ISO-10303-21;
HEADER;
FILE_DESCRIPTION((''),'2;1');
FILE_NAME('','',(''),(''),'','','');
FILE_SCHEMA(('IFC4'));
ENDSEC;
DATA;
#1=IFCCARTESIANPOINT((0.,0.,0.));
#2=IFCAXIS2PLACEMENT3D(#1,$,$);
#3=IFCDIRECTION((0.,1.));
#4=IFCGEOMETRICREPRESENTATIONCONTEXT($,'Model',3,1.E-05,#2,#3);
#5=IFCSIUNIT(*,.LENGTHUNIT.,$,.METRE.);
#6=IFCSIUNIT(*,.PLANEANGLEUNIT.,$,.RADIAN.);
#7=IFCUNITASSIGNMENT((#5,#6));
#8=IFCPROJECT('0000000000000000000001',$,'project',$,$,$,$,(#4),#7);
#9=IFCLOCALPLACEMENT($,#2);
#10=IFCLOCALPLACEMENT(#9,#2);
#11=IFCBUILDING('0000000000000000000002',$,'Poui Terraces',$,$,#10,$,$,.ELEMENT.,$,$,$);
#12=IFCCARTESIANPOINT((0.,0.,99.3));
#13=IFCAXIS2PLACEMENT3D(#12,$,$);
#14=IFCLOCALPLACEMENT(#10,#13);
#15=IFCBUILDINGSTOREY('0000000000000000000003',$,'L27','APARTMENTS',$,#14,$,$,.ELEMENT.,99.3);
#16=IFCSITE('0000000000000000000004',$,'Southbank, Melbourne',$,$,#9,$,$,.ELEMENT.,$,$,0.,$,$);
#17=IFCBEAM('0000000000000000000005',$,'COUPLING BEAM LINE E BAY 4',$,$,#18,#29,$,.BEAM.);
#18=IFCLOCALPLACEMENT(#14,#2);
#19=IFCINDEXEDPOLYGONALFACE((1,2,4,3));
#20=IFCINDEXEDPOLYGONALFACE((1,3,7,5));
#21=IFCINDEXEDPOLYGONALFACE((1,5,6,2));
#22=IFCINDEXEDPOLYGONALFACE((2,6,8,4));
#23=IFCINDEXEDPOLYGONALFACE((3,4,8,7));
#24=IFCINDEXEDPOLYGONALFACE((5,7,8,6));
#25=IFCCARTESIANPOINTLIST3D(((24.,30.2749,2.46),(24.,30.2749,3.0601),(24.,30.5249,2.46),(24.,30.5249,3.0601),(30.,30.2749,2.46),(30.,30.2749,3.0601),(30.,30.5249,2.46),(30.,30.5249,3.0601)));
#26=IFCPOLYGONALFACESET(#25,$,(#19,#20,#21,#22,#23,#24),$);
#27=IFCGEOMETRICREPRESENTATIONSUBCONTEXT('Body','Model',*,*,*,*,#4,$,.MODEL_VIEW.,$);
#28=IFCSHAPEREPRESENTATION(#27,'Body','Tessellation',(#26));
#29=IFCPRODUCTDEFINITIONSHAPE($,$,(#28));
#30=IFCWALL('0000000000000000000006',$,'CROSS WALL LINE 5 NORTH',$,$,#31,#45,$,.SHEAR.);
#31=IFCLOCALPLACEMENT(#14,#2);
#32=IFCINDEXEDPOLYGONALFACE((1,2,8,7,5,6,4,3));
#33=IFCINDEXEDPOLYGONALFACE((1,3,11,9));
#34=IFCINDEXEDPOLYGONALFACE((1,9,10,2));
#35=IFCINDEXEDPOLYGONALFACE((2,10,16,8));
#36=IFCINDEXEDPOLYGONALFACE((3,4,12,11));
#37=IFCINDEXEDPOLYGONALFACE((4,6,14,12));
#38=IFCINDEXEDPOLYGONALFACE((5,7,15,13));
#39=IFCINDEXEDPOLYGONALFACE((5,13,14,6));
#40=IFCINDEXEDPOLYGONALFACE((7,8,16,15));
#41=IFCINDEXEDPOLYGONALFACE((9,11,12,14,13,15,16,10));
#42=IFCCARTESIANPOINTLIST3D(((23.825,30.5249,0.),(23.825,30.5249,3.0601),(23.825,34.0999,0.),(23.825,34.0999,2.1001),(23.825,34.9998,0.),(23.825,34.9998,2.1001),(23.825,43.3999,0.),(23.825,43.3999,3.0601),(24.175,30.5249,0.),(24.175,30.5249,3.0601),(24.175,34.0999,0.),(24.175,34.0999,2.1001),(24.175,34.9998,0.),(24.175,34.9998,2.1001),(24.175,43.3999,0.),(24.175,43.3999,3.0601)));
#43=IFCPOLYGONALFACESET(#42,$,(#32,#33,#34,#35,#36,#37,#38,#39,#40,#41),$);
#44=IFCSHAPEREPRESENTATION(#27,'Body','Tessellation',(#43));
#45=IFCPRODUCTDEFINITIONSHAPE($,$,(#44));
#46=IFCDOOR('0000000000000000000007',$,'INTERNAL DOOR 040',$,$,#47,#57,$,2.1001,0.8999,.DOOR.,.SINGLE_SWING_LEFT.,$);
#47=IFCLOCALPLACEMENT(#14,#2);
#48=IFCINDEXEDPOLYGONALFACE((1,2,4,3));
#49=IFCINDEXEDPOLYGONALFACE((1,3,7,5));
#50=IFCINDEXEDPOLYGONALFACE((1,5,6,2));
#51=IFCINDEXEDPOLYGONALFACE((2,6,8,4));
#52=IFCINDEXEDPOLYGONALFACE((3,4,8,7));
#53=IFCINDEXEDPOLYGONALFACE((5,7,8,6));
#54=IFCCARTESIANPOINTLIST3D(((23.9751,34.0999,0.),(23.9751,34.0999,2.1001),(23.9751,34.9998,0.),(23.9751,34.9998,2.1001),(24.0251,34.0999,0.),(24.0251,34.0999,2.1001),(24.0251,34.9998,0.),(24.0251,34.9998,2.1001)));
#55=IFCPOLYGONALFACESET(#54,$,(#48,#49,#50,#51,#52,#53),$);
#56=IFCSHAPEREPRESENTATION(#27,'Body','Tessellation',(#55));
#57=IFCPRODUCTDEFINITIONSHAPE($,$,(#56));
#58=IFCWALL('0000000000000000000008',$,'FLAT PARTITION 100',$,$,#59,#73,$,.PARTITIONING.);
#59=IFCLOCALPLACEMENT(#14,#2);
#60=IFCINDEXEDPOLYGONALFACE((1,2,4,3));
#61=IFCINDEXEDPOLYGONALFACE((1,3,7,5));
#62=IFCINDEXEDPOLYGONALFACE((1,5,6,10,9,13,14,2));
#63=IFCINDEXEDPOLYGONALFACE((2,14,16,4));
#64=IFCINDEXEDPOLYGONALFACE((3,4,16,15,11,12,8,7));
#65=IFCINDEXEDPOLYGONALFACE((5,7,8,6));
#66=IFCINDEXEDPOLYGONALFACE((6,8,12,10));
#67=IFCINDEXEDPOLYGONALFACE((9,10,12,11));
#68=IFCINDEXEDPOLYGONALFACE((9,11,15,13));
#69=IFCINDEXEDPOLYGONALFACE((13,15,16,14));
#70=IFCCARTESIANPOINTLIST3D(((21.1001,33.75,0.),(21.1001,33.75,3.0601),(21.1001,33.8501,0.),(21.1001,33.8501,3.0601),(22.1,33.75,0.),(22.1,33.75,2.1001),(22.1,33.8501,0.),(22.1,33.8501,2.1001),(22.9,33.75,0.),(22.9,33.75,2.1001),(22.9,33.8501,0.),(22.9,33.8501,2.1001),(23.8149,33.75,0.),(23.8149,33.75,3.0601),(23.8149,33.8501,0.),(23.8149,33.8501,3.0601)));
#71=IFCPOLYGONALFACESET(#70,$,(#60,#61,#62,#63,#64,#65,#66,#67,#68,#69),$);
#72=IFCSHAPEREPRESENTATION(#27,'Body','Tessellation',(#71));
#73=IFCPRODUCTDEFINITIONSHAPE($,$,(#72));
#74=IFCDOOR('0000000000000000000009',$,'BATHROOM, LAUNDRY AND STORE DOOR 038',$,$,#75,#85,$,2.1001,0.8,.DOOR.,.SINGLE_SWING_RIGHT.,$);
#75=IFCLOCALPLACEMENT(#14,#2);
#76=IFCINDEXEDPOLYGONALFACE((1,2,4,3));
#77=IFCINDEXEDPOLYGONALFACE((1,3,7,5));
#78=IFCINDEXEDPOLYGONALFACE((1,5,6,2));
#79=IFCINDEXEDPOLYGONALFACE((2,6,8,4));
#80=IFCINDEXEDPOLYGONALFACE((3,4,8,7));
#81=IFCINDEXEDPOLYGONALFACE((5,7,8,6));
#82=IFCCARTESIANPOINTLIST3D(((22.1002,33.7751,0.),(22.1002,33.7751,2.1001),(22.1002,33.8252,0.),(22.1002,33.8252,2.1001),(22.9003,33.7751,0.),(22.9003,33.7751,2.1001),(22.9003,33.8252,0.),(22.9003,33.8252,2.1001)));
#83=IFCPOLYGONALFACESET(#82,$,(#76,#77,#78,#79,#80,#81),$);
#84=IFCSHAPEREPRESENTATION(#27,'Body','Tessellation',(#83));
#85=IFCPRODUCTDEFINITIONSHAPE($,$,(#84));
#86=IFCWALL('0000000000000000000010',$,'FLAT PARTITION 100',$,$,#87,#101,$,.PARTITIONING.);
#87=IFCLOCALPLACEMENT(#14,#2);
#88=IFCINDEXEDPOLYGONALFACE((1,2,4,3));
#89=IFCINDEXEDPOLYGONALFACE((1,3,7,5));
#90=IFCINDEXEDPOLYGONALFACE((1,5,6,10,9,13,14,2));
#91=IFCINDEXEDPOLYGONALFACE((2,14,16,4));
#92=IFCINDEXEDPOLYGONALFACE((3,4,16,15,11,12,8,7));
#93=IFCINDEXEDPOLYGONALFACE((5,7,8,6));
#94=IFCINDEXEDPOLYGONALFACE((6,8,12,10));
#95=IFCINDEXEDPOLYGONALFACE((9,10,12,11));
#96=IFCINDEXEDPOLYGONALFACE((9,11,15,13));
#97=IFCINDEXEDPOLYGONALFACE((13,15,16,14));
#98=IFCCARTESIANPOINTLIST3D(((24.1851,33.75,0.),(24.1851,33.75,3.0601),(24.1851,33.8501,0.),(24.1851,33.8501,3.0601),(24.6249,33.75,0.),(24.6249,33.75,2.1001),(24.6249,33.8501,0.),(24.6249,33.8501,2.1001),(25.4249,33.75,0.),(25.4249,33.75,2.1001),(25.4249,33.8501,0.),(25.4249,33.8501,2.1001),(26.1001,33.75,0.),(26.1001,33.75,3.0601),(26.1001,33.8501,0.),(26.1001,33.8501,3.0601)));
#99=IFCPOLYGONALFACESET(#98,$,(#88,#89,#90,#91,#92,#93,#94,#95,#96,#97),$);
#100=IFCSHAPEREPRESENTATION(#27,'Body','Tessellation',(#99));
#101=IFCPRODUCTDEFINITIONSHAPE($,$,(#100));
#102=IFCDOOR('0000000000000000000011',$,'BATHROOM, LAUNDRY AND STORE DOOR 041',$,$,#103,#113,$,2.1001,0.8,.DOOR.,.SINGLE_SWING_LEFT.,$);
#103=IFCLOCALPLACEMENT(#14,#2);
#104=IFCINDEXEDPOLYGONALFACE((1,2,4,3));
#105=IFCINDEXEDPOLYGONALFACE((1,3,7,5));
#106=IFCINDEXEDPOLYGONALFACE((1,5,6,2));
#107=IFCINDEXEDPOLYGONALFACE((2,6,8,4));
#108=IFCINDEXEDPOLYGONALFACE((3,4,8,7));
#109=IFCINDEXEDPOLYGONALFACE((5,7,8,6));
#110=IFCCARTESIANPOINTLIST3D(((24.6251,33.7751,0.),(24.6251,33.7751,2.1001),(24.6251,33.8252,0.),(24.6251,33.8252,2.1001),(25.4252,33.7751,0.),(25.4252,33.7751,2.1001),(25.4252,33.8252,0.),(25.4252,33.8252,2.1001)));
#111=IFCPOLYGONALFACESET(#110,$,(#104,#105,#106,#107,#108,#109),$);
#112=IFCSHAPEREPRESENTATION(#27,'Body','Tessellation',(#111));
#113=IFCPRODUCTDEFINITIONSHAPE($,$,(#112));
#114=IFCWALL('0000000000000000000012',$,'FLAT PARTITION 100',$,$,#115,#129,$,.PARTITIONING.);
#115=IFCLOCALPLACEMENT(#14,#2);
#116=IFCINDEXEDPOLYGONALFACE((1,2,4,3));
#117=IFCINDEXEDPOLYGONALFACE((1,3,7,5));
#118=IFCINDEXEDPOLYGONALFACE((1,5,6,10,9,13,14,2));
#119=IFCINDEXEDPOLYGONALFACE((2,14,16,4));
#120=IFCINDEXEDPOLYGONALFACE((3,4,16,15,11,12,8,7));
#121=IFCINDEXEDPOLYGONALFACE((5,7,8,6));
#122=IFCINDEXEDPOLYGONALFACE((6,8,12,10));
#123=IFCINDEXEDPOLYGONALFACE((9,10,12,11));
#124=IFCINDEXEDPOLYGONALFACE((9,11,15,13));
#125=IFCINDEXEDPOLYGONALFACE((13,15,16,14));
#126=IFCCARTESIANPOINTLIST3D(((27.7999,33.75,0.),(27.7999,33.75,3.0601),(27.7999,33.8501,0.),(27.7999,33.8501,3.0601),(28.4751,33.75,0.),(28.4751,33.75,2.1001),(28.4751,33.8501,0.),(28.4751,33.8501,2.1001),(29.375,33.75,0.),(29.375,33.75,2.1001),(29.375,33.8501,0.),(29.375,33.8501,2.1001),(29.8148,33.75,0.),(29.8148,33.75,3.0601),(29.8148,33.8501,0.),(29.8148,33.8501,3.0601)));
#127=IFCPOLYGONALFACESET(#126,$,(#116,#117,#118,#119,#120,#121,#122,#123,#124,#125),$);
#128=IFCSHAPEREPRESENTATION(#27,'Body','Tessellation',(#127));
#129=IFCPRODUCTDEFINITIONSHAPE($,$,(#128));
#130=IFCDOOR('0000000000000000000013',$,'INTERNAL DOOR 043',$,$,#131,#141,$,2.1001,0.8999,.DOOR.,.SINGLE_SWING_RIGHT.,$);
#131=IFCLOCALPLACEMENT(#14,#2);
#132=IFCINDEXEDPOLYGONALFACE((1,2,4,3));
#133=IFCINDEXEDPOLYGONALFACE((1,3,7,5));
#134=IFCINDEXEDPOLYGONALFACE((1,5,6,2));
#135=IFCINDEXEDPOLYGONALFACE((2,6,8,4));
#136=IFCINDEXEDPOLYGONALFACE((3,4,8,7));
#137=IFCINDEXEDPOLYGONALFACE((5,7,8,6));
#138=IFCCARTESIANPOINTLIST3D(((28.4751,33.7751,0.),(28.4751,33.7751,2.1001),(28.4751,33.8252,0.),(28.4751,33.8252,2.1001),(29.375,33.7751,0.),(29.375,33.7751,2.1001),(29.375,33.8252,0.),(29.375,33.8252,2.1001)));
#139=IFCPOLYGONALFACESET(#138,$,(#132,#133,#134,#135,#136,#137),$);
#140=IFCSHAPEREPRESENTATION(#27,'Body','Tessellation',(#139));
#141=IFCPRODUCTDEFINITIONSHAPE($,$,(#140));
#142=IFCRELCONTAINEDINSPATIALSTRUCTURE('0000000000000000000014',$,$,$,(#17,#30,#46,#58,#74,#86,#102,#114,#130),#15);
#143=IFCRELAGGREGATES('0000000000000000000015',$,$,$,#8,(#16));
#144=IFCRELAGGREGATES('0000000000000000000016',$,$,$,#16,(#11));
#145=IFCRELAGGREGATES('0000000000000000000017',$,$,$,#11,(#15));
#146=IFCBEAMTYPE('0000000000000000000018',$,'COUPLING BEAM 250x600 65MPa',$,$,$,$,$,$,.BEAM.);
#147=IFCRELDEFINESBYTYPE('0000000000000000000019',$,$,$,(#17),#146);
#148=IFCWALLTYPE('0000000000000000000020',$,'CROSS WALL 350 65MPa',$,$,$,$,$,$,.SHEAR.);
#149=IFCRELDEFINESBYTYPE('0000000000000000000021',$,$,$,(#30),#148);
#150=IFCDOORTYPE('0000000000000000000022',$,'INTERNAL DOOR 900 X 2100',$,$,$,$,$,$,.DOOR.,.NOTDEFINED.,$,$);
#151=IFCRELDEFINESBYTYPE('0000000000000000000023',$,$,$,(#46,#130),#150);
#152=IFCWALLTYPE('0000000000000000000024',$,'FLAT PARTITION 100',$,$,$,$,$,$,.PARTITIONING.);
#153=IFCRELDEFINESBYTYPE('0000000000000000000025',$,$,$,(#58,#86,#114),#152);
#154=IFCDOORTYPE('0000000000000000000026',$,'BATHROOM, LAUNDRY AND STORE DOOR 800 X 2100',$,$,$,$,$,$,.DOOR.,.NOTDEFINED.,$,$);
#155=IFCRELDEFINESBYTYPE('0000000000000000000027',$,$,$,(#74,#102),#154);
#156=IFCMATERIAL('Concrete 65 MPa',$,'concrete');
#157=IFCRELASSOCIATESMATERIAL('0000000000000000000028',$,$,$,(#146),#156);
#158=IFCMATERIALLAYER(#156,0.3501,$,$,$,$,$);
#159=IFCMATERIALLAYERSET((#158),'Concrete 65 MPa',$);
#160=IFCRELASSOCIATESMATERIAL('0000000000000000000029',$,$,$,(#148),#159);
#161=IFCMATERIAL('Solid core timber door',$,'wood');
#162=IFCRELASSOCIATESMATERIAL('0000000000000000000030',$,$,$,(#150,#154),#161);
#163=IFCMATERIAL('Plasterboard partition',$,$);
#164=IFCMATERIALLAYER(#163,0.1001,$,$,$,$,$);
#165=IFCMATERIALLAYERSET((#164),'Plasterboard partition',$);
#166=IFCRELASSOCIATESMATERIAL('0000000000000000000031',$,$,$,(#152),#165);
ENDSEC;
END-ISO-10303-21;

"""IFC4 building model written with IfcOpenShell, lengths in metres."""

from ifc_helpers import new_model, si_unit, direction, frame, frame_2d, origin, origin_2d, place, context, subcontext, project, spatial, rectangle, extrude, source, transform, mapped, material, layer, layer_set, material_profile, profile_set, type_object, element, fill, save


model = new_model("IFC4")

# Units and contexts
model_context = context("Model", 3, precision=1e-05, world=origin(), true_north=direction((0.0, 1.0)))
body_context = subcontext(model_context, "Body", "Model", "MODEL_VIEW")
ifc_project = project(units=[si_unit("LENGTHUNIT", "METRE"), si_unit("PLANEANGLEUNIT", "RADIAN")], contexts=[model_context])

# Site, building, storey
site_placement = place(None, origin())
site = spatial("IfcSite", under=ifc_project, at=site_placement, Name="Southbank, Melbourne", CompositionType="ELEMENT", RefElevation=0.0)
building_placement = place(site_placement, origin())
building = spatial("IfcBuilding", under=site, at=building_placement, Name="Poui Terraces", CompositionType="ELEMENT")
storey_placement = place(building_placement, frame((0.0, 0.0, 99.3)))
storey = spatial("IfcBuildingStorey", under=building, at=storey_placement, Name="L27", Description="APARTMENTS", CompositionType="ELEMENT", Elevation=99.3)

# Beam
ifc_material_1 = material(Name="Concrete 65 MPa", Category="concrete")
ifc_material_profile_1 = material_profile(ifc_material_1, rectangle(XDim=0.25, YDim=0.6001, at=origin_2d()), Name="RC 250x600")
ifc_profile_set_1 = profile_set([ifc_material_profile_1], Name="Concrete 65 MPa")
beam_type = type_object("IfcBeamType", Name="COUPLING BEAM 250x600 65MPa", PredefinedType="BEAM", material=ifc_profile_set_1)
shared_shape_1 = source(origin(), body_context, "Body", "SweptSolid", [
    extrude(rectangle(XDim=0.25, YDim=0.6001, at=origin_2d()), origin(), (0.0, 0.0, 1.0), 6.0),
])
beam_placement = place(storey_placement, frame((24.0, 30.3999, 2.76), z_axis=(1.0, 0.0, 0.0), x_axis=(0.0, 1.0, 0.0)))
element("IfcBeam", 1, at=beam_placement, inside=storey, type_object=beam_type, Name="COUPLING BEAM LINE E BAY 4", PredefinedType="BEAM", context=body_context, shape_type="MappedRepresentation", body=[
    mapped(shared_shape_1, transform((0.0, 0.0, 0.0))),
])

# Walls, openings, doors
ifc_layer_1 = layer(ifc_material_1, 0.3501)
ifc_layer_set_1 = layer_set([ifc_layer_1], Name="Concrete 65 MPa")
wall_type_1 = type_object("IfcWallType", Name="CROSS WALL 350 65MPa", PredefinedType="SHEAR", material=ifc_layer_set_1)
wall_1_placement = place(storey_placement, frame((24.0, 30.5249, 0.0), z_axis=(0.0, 0.0, 1.0), x_axis=(0.0, 1.0, 0.0)))
wall_1 = element("IfcWall", 2, at=wall_1_placement, inside=storey, type_object=wall_type_1, Name="CROSS WALL LINE 5 NORTH", PredefinedType="SHEAR", context=body_context, shape_type="SweptSolid", body=[
    extrude(rectangle(XDim=12.875, YDim=0.3501, at=frame_2d((6.4375, 0.0))), origin(), (0.0, 0.0, 1.0), 3.0601),
])
opening_1_placement = place(wall_1_placement, frame((3.575, 0.0, 0.0)))
opening_1 = element("IfcOpeningElement", 3, at=opening_1_placement, cuts=wall_1, PredefinedType="OPENING", context=body_context, shape_type="SweptSolid", body=[
    extrude(rectangle(XDim=0.8999, YDim=2.1001, at=frame_2d((0.45, 1.05))), frame((0.0, 0.1851, 0.0), z_axis=(0.0, -1.0, 0.0), x_axis=(1.0, 0.0, 0.0)), (0.0, 0.0, 1.0), 0.3701),
])
ifc_material_2 = material(Name="Solid core timber door", Category="wood")
door_type_1 = type_object("IfcDoorType", Name="INTERNAL DOOR 900 X 2100", OperationType="NOTDEFINED", PredefinedType="DOOR", material=ifc_material_2)
door_1_placement = place(opening_1_placement, origin())
door_1 = element("IfcDoor", 4, at=door_1_placement, inside=storey, type_object=door_type_1, Name="INTERNAL DOOR 040", OperationType="SINGLE_SWING_LEFT", OverallHeight=2.1001, OverallWidth=0.8999, PredefinedType="DOOR", context=body_context, shape_type="SweptSolid", body=[
    extrude(rectangle(XDim=0.8999, YDim=2.1001, at=frame_2d((0.45, 1.05))), frame((0.0, 0.0249, 0.0), z_axis=(0.0, -1.0, 0.0), x_axis=(1.0, 0.0, 0.0)), (0.0, 0.0, 1.0), 0.05),
])
fill(opening_1, door_1)
ifc_material_3 = material(Name="Plasterboard partition")
ifc_layer_2 = layer(ifc_material_3, 0.1001)
ifc_layer_set_2 = layer_set([ifc_layer_2], Name="Plasterboard partition")
wall_type_2 = type_object("IfcWallType", Name="FLAT PARTITION 100", PredefinedType="PARTITIONING", material=ifc_layer_set_2)
wall_2_placement = place(storey_placement, frame((21.1001, 33.8, 0.0), z_axis=(0.0, 0.0, 1.0), x_axis=(1.0, 0.0, 0.0)))
wall_2 = element("IfcWall", 5, at=wall_2_placement, inside=storey, type_object=wall_type_2, Name="FLAT PARTITION 100", PredefinedType="PARTITIONING", context=body_context, shape_type="SweptSolid", body=[
    extrude(rectangle(XDim=2.7148, YDim=0.1001, at=frame_2d((1.3574, 0.0))), origin(), (0.0, 0.0, 1.0), 3.0601),
])
opening_2_placement = place(wall_2_placement, frame((1.0, 0.0, 0.0)))
opening_2 = element("IfcOpeningElement", 6, at=opening_2_placement, cuts=wall_2, PredefinedType="OPENING", context=body_context, shape_type="SweptSolid", body=[
    extrude(rectangle(XDim=0.8, YDim=2.1001, at=frame_2d((0.3999, 1.05))), frame((0.0, 0.0601, 0.0), z_axis=(0.0, -1.0, 0.0), x_axis=(1.0, 0.0, 0.0)), (0.0, 0.0, 1.0), 0.1201),
])
door_type_2 = type_object("IfcDoorType", Name="BATHROOM, LAUNDRY AND STORE DOOR 800 X 2100", OperationType="NOTDEFINED", PredefinedType="DOOR", material=ifc_material_2)
door_2_placement = place(opening_2_placement, frame((0.8, 0.0, 0.0), z_axis=(0.0, 0.0, 1.0), x_axis=(-1.0, 0.0, 0.0)))
door_2 = element("IfcDoor", 7, at=door_2_placement, inside=storey, type_object=door_type_2, Name="BATHROOM, LAUNDRY AND STORE DOOR 038", OperationType="SINGLE_SWING_RIGHT", OverallHeight=2.1001, OverallWidth=0.8, PredefinedType="DOOR", context=body_context, shape_type="SweptSolid", body=[
    extrude(rectangle(XDim=0.8, YDim=2.1001, at=frame_2d((0.3999, 1.05))), frame((0.0, 0.0249, 0.0), z_axis=(0.0, -1.0, 0.0), x_axis=(1.0, 0.0, 0.0)), (0.0, 0.0, 1.0), 0.05),
])
fill(opening_2, door_2)
wall_3_placement = place(storey_placement, frame((24.1851, 33.8, 0.0), z_axis=(0.0, 0.0, 1.0), x_axis=(1.0, 0.0, 0.0)))
wall_3 = element("IfcWall", 8, at=wall_3_placement, inside=storey, type_object=wall_type_2, Name="FLAT PARTITION 100", PredefinedType="PARTITIONING", context=body_context, shape_type="SweptSolid", body=[
    extrude(rectangle(XDim=1.915, YDim=0.1001, at=frame_2d((0.9575, 0.0))), origin(), (0.0, 0.0, 1.0), 3.0601),
])
opening_3_placement = place(wall_3_placement, frame((0.4399, 0.0, 0.0)))
opening_3 = element("IfcOpeningElement", 9, at=opening_3_placement, cuts=wall_3, PredefinedType="OPENING", context=body_context, shape_type="SweptSolid", body=[
    extrude(rectangle(XDim=0.8, YDim=2.1001, at=frame_2d((0.3999, 1.05))), frame((0.0, 0.0601, 0.0), z_axis=(0.0, -1.0, 0.0), x_axis=(1.0, 0.0, 0.0)), (0.0, 0.0, 1.0), 0.1201),
])
door_3_placement = place(opening_3_placement, frame((0.8, 0.0, 0.0), z_axis=(0.0, 0.0, 1.0), x_axis=(-1.0, 0.0, 0.0)))
door_3 = element("IfcDoor", 10, at=door_3_placement, inside=storey, type_object=door_type_2, Name="BATHROOM, LAUNDRY AND STORE DOOR 041", OperationType="SINGLE_SWING_LEFT", OverallHeight=2.1001, OverallWidth=0.8, PredefinedType="DOOR", context=body_context, shape_type="SweptSolid", body=[
    extrude(rectangle(XDim=0.8, YDim=2.1001, at=frame_2d((0.3999, 1.05))), frame((0.0, 0.0249, 0.0), z_axis=(0.0, -1.0, 0.0), x_axis=(1.0, 0.0, 0.0)), (0.0, 0.0, 1.0), 0.05),
])
fill(opening_3, door_3)
wall_4_placement = place(storey_placement, frame((27.8, 33.8, 0.0), z_axis=(0.0, 0.0, 1.0), x_axis=(1.0, 0.0, 0.0)))
wall_4 = element("IfcWall", 11, at=wall_4_placement, inside=storey, type_object=wall_type_2, Name="FLAT PARTITION 100", PredefinedType="PARTITIONING", context=body_context, shape_type="SweptSolid", body=[
    extrude(rectangle(XDim=2.0149, YDim=0.1001, at=frame_2d((1.0073, 0.0))), origin(), (0.0, 0.0, 1.0), 3.0601),
])
opening_4_placement = place(wall_4_placement, frame((0.675, 0.0, 0.0)))
opening_4 = element("IfcOpeningElement", 12, at=opening_4_placement, cuts=wall_4, PredefinedType="OPENING", context=body_context, shape_type="SweptSolid", body=[
    extrude(rectangle(XDim=0.8999, YDim=2.1001, at=frame_2d((0.45, 1.05))), frame((0.0, 0.0601, 0.0), z_axis=(0.0, -1.0, 0.0), x_axis=(1.0, 0.0, 0.0)), (0.0, 0.0, 1.0), 0.1201),
])
door_4_placement = place(opening_4_placement, frame((0.8999, 0.0, 0.0), z_axis=(0.0, 0.0, 1.0), x_axis=(-1.0, 0.0, 0.0)))
door_4 = element("IfcDoor", 13, at=door_4_placement, inside=storey, type_object=door_type_1, Name="INTERNAL DOOR 043", OperationType="SINGLE_SWING_RIGHT", OverallHeight=2.1001, OverallWidth=0.8999, PredefinedType="DOOR", context=body_context, shape_type="SweptSolid", body=[
    extrude(rectangle(XDim=0.8999, YDim=2.1001, at=frame_2d((0.45, 1.05))), frame((0.0, 0.0249, 0.0), z_axis=(0.0, -1.0, 0.0), x_axis=(1.0, 0.0, 0.0)), (0.0, 0.0, 1.0), 0.05),
])
fill(opening_4, door_4)

save(model, "model.ifc")
